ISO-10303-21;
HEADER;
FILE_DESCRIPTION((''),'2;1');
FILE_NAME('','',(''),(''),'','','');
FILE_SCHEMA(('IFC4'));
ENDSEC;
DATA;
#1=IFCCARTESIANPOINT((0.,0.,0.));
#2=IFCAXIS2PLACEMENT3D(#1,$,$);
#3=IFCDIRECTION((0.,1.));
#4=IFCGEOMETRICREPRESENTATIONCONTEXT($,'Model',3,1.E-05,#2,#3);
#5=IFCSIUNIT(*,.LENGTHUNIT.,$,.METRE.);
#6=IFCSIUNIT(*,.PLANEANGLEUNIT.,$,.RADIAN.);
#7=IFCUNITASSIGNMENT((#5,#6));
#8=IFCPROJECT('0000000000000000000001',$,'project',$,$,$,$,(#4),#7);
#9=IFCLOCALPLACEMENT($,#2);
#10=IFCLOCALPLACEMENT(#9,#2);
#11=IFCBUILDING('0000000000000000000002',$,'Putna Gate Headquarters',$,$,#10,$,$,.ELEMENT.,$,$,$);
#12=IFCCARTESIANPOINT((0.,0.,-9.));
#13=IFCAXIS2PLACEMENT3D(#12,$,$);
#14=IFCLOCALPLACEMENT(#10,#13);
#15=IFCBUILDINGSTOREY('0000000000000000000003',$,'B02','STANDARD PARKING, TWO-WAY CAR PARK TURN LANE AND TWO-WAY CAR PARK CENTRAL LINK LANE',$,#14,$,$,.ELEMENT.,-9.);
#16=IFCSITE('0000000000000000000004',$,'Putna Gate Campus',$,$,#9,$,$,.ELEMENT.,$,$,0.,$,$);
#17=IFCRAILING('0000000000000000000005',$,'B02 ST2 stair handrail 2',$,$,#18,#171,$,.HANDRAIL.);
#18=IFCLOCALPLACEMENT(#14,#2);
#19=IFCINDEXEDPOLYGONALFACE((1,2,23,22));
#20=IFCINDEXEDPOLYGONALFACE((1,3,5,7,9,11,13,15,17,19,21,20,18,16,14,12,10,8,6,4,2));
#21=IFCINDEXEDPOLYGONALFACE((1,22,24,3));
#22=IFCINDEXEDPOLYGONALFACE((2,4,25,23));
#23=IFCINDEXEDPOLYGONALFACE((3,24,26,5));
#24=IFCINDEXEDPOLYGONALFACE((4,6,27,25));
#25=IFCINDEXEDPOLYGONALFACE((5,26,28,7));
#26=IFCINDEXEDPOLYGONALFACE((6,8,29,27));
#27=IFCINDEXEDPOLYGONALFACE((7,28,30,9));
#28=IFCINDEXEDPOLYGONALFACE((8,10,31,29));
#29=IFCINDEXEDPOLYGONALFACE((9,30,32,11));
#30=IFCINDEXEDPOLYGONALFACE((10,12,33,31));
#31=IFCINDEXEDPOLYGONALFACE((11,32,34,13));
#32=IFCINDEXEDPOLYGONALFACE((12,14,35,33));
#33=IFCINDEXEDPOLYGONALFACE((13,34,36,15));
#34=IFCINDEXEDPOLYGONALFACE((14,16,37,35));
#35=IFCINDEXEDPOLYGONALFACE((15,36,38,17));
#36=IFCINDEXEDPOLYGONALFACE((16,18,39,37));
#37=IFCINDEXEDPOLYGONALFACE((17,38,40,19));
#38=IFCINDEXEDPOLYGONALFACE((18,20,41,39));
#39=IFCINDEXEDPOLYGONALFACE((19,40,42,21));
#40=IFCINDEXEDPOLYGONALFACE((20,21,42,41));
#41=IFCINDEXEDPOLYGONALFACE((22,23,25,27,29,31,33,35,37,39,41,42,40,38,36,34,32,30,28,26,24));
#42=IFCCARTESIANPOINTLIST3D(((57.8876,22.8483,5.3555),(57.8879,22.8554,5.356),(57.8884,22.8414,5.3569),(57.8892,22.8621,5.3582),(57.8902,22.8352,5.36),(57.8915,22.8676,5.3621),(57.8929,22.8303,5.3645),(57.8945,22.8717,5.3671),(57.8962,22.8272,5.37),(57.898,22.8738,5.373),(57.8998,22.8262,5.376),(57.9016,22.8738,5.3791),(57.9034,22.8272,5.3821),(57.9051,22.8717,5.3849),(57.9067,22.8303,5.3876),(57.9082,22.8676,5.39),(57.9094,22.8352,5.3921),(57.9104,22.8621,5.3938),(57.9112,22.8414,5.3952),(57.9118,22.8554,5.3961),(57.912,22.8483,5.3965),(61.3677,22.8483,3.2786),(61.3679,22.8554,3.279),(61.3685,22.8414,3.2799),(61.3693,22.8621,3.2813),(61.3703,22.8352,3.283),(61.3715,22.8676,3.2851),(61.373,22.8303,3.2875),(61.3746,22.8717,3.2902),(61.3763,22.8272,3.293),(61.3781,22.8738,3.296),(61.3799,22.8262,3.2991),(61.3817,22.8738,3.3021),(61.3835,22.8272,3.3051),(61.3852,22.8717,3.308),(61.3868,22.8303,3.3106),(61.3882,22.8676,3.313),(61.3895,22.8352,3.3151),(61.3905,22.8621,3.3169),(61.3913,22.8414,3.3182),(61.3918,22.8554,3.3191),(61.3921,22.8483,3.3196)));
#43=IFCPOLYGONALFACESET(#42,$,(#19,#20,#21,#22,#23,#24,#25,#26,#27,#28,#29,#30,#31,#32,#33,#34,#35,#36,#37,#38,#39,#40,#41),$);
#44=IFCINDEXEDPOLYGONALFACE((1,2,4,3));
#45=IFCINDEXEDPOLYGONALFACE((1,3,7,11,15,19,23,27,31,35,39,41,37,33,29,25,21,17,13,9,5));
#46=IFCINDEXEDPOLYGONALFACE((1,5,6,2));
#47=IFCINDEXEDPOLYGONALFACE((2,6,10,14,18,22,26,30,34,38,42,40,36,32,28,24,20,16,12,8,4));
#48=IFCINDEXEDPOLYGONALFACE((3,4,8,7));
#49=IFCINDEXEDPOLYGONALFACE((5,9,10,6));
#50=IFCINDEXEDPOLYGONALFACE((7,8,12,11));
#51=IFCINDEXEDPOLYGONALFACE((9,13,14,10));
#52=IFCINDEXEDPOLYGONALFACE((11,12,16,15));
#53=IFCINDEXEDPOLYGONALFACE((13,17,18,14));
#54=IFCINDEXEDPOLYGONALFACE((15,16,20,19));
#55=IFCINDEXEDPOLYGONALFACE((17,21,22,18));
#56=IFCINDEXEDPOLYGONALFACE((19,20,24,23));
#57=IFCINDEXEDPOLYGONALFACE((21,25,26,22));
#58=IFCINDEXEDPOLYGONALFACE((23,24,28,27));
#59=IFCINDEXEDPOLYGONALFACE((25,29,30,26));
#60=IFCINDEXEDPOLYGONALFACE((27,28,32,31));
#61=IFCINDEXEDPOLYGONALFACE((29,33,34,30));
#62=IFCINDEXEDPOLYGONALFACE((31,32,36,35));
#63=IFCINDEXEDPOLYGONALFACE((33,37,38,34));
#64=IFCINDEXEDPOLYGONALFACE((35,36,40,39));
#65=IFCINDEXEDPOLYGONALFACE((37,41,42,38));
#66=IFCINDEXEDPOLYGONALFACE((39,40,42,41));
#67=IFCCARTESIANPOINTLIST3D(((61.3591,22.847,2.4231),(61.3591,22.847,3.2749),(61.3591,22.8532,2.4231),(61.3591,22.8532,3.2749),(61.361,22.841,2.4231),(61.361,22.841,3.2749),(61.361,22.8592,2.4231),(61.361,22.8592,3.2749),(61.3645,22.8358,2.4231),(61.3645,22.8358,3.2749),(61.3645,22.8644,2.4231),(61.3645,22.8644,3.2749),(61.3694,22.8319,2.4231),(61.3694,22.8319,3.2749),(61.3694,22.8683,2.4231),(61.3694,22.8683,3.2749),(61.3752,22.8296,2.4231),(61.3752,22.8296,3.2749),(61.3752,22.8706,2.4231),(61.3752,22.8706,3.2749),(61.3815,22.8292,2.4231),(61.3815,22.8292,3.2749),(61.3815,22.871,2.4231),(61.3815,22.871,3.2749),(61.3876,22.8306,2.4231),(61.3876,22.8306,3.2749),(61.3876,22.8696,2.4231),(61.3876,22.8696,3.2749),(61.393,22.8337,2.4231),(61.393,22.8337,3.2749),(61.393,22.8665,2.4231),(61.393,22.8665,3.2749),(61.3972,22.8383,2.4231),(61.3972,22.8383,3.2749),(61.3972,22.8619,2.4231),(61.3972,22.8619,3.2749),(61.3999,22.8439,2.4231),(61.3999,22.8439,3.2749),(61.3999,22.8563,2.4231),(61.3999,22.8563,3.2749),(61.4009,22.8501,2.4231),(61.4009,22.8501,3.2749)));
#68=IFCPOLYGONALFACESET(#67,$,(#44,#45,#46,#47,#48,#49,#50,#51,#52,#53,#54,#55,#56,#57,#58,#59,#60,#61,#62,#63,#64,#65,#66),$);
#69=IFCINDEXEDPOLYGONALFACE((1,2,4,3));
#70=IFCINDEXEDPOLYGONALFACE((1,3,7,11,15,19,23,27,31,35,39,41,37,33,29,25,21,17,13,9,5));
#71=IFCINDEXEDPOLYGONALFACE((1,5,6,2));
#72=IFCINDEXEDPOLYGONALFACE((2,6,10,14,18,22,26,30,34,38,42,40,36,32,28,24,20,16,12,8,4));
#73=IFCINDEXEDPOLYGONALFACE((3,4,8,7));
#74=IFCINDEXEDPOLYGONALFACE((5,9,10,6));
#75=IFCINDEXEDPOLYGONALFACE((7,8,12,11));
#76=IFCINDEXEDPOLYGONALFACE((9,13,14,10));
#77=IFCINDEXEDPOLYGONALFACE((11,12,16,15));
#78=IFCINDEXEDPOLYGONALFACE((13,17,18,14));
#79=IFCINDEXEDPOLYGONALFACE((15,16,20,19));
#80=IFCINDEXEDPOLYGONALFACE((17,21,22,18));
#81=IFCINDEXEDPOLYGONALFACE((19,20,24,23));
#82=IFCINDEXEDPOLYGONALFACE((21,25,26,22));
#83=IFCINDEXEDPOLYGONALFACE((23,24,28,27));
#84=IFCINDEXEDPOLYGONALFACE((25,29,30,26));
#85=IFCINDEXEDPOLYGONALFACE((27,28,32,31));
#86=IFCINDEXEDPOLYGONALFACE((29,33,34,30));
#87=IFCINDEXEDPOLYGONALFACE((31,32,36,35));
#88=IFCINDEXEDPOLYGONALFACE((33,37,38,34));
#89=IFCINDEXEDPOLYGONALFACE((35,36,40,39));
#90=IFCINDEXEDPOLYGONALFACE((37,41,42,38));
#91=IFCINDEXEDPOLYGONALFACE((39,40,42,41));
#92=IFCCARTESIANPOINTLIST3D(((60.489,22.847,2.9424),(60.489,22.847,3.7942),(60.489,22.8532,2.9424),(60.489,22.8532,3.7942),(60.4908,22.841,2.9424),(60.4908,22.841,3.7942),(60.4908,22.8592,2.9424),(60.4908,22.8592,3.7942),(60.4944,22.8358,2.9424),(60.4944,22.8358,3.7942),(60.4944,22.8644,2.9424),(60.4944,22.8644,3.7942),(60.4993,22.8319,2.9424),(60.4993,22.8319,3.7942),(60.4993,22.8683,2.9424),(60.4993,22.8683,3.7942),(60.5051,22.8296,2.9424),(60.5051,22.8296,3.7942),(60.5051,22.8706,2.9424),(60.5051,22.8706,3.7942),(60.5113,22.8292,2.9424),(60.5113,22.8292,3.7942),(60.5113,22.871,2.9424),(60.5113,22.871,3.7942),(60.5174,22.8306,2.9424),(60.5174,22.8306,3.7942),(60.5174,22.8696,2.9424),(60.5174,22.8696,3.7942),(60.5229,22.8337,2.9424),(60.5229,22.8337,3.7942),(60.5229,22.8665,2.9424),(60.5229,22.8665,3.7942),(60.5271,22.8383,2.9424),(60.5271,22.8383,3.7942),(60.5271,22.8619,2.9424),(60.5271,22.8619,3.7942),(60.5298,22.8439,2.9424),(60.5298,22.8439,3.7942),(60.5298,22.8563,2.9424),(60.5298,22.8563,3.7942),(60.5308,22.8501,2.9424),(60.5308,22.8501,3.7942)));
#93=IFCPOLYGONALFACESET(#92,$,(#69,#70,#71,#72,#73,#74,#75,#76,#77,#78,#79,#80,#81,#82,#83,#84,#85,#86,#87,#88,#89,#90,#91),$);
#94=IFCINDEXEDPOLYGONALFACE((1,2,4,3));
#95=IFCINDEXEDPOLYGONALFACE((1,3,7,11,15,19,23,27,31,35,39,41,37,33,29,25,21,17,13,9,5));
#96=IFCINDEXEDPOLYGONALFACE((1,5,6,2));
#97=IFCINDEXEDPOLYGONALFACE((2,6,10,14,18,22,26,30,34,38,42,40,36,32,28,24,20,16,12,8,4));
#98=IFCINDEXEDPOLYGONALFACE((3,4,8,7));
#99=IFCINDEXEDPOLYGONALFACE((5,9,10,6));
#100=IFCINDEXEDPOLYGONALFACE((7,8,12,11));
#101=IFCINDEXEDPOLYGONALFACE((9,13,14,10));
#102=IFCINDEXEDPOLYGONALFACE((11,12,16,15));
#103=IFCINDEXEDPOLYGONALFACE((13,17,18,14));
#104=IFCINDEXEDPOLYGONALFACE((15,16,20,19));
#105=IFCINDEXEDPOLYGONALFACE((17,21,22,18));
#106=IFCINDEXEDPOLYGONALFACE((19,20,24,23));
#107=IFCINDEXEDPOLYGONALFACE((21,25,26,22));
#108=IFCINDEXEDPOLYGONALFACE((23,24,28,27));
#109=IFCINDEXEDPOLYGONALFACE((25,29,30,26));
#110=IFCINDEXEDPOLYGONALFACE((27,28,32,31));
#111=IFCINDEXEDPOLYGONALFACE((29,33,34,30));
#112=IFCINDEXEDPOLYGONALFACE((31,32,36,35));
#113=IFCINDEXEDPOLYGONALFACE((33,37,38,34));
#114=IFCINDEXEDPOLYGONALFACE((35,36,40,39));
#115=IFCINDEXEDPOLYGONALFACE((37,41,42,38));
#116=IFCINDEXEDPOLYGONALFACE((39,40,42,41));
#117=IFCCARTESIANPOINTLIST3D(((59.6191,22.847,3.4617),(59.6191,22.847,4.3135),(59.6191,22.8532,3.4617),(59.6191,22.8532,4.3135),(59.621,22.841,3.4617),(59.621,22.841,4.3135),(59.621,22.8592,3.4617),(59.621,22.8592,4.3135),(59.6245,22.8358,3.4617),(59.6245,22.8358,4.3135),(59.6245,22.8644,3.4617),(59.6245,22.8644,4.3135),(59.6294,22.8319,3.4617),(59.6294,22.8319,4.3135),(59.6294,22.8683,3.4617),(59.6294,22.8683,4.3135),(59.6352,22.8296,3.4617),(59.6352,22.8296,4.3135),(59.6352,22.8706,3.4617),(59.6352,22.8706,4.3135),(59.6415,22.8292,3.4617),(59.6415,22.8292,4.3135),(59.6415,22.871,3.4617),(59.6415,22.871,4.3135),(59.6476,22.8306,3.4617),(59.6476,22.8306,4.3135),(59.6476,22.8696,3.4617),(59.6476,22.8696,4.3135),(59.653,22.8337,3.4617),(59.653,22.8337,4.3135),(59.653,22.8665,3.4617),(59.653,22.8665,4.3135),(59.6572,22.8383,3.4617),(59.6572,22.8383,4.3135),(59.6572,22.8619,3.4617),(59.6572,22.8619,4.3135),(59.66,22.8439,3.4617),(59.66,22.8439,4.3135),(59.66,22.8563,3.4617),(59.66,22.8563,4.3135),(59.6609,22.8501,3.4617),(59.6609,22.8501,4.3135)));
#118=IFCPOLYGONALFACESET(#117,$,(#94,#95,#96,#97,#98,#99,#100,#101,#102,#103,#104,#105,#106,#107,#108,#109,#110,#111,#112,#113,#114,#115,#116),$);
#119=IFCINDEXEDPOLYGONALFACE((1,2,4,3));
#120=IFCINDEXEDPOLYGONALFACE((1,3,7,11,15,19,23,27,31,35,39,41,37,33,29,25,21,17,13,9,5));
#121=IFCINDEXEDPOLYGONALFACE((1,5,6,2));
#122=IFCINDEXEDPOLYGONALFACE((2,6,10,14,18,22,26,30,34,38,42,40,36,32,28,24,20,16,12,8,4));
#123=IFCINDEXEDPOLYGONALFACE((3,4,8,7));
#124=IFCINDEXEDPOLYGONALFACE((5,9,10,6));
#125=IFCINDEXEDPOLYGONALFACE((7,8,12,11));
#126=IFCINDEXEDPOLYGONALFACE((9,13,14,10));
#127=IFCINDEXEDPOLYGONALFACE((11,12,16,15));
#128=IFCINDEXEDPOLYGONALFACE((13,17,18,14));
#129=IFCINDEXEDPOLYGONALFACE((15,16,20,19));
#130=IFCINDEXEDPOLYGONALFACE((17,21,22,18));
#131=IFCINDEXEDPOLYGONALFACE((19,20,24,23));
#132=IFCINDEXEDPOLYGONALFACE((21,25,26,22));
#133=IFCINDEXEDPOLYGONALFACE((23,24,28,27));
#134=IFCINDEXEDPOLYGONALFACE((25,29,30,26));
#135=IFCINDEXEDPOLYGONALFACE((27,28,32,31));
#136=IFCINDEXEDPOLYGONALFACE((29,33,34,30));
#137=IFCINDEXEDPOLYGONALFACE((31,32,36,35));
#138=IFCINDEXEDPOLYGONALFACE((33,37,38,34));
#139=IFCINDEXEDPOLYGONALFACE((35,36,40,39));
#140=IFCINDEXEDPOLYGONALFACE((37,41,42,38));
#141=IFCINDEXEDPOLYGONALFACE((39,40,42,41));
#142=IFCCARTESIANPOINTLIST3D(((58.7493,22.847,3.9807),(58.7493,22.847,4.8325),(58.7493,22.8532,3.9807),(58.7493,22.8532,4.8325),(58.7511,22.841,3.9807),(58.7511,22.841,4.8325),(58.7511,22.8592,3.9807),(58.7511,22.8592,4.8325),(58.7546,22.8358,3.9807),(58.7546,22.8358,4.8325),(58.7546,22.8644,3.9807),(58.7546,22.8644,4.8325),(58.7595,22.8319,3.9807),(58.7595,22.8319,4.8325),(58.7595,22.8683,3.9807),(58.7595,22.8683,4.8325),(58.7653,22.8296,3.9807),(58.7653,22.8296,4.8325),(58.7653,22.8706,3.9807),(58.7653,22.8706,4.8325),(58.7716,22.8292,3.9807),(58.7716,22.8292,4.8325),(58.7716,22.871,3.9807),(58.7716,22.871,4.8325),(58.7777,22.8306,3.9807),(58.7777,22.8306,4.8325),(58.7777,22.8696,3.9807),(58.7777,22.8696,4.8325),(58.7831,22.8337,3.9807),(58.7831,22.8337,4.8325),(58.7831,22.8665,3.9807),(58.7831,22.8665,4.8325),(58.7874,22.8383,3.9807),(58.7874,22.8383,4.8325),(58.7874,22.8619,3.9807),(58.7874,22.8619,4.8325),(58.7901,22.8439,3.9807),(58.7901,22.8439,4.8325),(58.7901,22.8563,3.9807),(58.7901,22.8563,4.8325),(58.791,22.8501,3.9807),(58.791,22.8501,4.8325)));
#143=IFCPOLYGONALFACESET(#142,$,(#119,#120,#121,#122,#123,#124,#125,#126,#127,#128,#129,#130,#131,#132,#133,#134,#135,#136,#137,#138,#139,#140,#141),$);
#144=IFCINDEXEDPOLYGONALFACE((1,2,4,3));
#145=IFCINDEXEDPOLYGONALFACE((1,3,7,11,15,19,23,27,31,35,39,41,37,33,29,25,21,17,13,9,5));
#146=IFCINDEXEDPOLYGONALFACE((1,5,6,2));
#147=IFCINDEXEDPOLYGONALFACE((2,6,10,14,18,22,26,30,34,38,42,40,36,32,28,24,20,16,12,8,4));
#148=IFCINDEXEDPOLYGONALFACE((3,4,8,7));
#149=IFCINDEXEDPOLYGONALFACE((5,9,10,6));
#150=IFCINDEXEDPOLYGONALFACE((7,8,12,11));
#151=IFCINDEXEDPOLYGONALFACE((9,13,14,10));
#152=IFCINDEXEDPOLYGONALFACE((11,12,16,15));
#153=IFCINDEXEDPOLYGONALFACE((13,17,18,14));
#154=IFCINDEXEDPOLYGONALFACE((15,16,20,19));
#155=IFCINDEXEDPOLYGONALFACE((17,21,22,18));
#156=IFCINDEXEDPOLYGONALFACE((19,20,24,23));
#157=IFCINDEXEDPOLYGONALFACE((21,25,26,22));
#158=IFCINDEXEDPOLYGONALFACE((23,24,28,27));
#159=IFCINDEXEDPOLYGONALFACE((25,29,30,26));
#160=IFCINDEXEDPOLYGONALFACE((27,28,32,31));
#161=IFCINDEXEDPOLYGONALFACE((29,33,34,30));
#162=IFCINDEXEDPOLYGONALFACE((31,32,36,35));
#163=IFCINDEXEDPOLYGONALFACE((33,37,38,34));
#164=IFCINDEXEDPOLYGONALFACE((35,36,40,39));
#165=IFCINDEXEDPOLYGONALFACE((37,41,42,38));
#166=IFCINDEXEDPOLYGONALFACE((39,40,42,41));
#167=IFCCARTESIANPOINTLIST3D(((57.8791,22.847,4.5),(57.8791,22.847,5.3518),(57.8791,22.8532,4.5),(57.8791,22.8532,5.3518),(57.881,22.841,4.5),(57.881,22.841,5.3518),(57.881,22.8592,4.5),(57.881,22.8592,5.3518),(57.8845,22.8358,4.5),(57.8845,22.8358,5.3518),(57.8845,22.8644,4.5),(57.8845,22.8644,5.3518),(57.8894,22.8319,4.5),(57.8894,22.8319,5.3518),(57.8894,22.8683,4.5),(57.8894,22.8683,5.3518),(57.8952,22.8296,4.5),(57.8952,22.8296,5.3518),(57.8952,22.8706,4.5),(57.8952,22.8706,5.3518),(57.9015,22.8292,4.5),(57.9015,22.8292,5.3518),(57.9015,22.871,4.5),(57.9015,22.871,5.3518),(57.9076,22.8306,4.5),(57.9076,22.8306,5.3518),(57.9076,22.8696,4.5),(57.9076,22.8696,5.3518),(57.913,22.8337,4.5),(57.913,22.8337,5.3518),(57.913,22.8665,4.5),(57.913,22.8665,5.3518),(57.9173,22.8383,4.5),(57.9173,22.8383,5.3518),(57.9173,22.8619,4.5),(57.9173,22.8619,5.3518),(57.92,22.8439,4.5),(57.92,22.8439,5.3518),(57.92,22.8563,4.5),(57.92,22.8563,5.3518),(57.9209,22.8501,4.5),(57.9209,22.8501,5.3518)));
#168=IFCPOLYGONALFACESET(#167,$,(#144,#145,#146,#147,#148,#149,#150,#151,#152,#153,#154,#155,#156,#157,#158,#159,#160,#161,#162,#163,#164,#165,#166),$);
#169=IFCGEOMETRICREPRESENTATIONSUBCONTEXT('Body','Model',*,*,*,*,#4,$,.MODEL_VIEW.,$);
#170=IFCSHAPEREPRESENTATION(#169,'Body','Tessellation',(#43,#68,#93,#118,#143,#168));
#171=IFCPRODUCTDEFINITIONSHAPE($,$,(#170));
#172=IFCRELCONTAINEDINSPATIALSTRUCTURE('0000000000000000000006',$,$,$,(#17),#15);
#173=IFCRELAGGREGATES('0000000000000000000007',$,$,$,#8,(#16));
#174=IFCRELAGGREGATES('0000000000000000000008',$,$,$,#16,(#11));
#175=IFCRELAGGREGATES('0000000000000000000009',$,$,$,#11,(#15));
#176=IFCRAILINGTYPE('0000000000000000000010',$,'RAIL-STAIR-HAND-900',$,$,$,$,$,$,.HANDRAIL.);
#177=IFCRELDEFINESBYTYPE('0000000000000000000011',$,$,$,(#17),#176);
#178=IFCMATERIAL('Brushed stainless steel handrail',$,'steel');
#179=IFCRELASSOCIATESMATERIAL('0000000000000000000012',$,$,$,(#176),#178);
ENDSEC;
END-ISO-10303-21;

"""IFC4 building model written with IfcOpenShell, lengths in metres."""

from ifc_helpers import new_model, si_unit, direction, frame, origin, origin_2d, place, context, subcontext, project, spatial, circle, extrude, material, type_object, element, save


model = new_model("IFC4")

# Units and contexts
model_context = context("Model", 3, precision=1e-05, world=origin(), true_north=direction((0.0, 1.0)))
body_context = subcontext(model_context, "Body", "Model", "MODEL_VIEW")
ifc_project = project(units=[si_unit("LENGTHUNIT", "METRE"), si_unit("PLANEANGLEUNIT", "RADIAN")], contexts=[model_context])

# Site, building, storey
site_placement = place(None, origin())
site = spatial("IfcSite", under=ifc_project, at=site_placement, Name="Putna Gate Campus", CompositionType="ELEMENT", RefElevation=0.0)
building_placement = place(site_placement, origin())
building = spatial("IfcBuilding", under=site, at=building_placement, Name="Putna Gate Headquarters", CompositionType="ELEMENT")
storey_placement = place(building_placement, frame((0.0, 0.0, -9.0)))
storey = spatial("IfcBuildingStorey", under=building, at=storey_placement, Name="B02", Description="STANDARD PARKING, TWO-WAY CAR PARK TURN LANE AND TWO-WAY CAR PARK CENTRAL LINK LANE", CompositionType="ELEMENT", Elevation=-9.0)

# Railing
ifc_material_1 = material(Name="Brushed stainless steel handrail", Category="steel")
railing_type_1 = type_object("IfcRailingType", Name="RAIL-STAIR-HAND-900", PredefinedType="HANDRAIL", material=ifc_material_1)
railing_1_placement = place(storey_placement, frame((61.3799, 22.8501, 2.4231)))
element("IfcRailing", 1, at=railing_1_placement, inside=storey, type_object=railing_type_1, Name="B02 ST2 stair handrail 2", PredefinedType="HANDRAIL", context=body_context, shape_type="SweptSolid", body=[
    extrude(circle(Radius=0.0239, at=origin_2d()), frame((0.0, 0.0, 0.876), z_axis=(-0.858697, 0.0, 0.512483), x_axis=(0.0, -1.0, 0.0)), (0.0, 0.0, 1.0), 4.0527),
    extrude(circle(Radius=0.021, at=origin_2d()), origin(), (0.0, 0.0, 1.0), 0.8518),
    extrude(circle(Radius=0.021, at=origin_2d()), frame((-0.8701, 0.0, 0.5193)), (0.0, 0.0, 1.0), 0.8518),
    extrude(circle(Radius=0.021, at=origin_2d()), frame((-1.74, 0.0, 1.0386)), (0.0, 0.0, 1.0), 0.8518),
    extrude(circle(Radius=0.021, at=origin_2d()), frame((-2.6099, 0.0, 1.5576)), (0.0, 0.0, 1.0), 0.8518),
    extrude(circle(Radius=0.021, at=origin_2d()), frame((-3.48, 0.0, 2.0769)), (0.0, 0.0, 1.0), 0.8518),
])

save(model, "model.ifc")
